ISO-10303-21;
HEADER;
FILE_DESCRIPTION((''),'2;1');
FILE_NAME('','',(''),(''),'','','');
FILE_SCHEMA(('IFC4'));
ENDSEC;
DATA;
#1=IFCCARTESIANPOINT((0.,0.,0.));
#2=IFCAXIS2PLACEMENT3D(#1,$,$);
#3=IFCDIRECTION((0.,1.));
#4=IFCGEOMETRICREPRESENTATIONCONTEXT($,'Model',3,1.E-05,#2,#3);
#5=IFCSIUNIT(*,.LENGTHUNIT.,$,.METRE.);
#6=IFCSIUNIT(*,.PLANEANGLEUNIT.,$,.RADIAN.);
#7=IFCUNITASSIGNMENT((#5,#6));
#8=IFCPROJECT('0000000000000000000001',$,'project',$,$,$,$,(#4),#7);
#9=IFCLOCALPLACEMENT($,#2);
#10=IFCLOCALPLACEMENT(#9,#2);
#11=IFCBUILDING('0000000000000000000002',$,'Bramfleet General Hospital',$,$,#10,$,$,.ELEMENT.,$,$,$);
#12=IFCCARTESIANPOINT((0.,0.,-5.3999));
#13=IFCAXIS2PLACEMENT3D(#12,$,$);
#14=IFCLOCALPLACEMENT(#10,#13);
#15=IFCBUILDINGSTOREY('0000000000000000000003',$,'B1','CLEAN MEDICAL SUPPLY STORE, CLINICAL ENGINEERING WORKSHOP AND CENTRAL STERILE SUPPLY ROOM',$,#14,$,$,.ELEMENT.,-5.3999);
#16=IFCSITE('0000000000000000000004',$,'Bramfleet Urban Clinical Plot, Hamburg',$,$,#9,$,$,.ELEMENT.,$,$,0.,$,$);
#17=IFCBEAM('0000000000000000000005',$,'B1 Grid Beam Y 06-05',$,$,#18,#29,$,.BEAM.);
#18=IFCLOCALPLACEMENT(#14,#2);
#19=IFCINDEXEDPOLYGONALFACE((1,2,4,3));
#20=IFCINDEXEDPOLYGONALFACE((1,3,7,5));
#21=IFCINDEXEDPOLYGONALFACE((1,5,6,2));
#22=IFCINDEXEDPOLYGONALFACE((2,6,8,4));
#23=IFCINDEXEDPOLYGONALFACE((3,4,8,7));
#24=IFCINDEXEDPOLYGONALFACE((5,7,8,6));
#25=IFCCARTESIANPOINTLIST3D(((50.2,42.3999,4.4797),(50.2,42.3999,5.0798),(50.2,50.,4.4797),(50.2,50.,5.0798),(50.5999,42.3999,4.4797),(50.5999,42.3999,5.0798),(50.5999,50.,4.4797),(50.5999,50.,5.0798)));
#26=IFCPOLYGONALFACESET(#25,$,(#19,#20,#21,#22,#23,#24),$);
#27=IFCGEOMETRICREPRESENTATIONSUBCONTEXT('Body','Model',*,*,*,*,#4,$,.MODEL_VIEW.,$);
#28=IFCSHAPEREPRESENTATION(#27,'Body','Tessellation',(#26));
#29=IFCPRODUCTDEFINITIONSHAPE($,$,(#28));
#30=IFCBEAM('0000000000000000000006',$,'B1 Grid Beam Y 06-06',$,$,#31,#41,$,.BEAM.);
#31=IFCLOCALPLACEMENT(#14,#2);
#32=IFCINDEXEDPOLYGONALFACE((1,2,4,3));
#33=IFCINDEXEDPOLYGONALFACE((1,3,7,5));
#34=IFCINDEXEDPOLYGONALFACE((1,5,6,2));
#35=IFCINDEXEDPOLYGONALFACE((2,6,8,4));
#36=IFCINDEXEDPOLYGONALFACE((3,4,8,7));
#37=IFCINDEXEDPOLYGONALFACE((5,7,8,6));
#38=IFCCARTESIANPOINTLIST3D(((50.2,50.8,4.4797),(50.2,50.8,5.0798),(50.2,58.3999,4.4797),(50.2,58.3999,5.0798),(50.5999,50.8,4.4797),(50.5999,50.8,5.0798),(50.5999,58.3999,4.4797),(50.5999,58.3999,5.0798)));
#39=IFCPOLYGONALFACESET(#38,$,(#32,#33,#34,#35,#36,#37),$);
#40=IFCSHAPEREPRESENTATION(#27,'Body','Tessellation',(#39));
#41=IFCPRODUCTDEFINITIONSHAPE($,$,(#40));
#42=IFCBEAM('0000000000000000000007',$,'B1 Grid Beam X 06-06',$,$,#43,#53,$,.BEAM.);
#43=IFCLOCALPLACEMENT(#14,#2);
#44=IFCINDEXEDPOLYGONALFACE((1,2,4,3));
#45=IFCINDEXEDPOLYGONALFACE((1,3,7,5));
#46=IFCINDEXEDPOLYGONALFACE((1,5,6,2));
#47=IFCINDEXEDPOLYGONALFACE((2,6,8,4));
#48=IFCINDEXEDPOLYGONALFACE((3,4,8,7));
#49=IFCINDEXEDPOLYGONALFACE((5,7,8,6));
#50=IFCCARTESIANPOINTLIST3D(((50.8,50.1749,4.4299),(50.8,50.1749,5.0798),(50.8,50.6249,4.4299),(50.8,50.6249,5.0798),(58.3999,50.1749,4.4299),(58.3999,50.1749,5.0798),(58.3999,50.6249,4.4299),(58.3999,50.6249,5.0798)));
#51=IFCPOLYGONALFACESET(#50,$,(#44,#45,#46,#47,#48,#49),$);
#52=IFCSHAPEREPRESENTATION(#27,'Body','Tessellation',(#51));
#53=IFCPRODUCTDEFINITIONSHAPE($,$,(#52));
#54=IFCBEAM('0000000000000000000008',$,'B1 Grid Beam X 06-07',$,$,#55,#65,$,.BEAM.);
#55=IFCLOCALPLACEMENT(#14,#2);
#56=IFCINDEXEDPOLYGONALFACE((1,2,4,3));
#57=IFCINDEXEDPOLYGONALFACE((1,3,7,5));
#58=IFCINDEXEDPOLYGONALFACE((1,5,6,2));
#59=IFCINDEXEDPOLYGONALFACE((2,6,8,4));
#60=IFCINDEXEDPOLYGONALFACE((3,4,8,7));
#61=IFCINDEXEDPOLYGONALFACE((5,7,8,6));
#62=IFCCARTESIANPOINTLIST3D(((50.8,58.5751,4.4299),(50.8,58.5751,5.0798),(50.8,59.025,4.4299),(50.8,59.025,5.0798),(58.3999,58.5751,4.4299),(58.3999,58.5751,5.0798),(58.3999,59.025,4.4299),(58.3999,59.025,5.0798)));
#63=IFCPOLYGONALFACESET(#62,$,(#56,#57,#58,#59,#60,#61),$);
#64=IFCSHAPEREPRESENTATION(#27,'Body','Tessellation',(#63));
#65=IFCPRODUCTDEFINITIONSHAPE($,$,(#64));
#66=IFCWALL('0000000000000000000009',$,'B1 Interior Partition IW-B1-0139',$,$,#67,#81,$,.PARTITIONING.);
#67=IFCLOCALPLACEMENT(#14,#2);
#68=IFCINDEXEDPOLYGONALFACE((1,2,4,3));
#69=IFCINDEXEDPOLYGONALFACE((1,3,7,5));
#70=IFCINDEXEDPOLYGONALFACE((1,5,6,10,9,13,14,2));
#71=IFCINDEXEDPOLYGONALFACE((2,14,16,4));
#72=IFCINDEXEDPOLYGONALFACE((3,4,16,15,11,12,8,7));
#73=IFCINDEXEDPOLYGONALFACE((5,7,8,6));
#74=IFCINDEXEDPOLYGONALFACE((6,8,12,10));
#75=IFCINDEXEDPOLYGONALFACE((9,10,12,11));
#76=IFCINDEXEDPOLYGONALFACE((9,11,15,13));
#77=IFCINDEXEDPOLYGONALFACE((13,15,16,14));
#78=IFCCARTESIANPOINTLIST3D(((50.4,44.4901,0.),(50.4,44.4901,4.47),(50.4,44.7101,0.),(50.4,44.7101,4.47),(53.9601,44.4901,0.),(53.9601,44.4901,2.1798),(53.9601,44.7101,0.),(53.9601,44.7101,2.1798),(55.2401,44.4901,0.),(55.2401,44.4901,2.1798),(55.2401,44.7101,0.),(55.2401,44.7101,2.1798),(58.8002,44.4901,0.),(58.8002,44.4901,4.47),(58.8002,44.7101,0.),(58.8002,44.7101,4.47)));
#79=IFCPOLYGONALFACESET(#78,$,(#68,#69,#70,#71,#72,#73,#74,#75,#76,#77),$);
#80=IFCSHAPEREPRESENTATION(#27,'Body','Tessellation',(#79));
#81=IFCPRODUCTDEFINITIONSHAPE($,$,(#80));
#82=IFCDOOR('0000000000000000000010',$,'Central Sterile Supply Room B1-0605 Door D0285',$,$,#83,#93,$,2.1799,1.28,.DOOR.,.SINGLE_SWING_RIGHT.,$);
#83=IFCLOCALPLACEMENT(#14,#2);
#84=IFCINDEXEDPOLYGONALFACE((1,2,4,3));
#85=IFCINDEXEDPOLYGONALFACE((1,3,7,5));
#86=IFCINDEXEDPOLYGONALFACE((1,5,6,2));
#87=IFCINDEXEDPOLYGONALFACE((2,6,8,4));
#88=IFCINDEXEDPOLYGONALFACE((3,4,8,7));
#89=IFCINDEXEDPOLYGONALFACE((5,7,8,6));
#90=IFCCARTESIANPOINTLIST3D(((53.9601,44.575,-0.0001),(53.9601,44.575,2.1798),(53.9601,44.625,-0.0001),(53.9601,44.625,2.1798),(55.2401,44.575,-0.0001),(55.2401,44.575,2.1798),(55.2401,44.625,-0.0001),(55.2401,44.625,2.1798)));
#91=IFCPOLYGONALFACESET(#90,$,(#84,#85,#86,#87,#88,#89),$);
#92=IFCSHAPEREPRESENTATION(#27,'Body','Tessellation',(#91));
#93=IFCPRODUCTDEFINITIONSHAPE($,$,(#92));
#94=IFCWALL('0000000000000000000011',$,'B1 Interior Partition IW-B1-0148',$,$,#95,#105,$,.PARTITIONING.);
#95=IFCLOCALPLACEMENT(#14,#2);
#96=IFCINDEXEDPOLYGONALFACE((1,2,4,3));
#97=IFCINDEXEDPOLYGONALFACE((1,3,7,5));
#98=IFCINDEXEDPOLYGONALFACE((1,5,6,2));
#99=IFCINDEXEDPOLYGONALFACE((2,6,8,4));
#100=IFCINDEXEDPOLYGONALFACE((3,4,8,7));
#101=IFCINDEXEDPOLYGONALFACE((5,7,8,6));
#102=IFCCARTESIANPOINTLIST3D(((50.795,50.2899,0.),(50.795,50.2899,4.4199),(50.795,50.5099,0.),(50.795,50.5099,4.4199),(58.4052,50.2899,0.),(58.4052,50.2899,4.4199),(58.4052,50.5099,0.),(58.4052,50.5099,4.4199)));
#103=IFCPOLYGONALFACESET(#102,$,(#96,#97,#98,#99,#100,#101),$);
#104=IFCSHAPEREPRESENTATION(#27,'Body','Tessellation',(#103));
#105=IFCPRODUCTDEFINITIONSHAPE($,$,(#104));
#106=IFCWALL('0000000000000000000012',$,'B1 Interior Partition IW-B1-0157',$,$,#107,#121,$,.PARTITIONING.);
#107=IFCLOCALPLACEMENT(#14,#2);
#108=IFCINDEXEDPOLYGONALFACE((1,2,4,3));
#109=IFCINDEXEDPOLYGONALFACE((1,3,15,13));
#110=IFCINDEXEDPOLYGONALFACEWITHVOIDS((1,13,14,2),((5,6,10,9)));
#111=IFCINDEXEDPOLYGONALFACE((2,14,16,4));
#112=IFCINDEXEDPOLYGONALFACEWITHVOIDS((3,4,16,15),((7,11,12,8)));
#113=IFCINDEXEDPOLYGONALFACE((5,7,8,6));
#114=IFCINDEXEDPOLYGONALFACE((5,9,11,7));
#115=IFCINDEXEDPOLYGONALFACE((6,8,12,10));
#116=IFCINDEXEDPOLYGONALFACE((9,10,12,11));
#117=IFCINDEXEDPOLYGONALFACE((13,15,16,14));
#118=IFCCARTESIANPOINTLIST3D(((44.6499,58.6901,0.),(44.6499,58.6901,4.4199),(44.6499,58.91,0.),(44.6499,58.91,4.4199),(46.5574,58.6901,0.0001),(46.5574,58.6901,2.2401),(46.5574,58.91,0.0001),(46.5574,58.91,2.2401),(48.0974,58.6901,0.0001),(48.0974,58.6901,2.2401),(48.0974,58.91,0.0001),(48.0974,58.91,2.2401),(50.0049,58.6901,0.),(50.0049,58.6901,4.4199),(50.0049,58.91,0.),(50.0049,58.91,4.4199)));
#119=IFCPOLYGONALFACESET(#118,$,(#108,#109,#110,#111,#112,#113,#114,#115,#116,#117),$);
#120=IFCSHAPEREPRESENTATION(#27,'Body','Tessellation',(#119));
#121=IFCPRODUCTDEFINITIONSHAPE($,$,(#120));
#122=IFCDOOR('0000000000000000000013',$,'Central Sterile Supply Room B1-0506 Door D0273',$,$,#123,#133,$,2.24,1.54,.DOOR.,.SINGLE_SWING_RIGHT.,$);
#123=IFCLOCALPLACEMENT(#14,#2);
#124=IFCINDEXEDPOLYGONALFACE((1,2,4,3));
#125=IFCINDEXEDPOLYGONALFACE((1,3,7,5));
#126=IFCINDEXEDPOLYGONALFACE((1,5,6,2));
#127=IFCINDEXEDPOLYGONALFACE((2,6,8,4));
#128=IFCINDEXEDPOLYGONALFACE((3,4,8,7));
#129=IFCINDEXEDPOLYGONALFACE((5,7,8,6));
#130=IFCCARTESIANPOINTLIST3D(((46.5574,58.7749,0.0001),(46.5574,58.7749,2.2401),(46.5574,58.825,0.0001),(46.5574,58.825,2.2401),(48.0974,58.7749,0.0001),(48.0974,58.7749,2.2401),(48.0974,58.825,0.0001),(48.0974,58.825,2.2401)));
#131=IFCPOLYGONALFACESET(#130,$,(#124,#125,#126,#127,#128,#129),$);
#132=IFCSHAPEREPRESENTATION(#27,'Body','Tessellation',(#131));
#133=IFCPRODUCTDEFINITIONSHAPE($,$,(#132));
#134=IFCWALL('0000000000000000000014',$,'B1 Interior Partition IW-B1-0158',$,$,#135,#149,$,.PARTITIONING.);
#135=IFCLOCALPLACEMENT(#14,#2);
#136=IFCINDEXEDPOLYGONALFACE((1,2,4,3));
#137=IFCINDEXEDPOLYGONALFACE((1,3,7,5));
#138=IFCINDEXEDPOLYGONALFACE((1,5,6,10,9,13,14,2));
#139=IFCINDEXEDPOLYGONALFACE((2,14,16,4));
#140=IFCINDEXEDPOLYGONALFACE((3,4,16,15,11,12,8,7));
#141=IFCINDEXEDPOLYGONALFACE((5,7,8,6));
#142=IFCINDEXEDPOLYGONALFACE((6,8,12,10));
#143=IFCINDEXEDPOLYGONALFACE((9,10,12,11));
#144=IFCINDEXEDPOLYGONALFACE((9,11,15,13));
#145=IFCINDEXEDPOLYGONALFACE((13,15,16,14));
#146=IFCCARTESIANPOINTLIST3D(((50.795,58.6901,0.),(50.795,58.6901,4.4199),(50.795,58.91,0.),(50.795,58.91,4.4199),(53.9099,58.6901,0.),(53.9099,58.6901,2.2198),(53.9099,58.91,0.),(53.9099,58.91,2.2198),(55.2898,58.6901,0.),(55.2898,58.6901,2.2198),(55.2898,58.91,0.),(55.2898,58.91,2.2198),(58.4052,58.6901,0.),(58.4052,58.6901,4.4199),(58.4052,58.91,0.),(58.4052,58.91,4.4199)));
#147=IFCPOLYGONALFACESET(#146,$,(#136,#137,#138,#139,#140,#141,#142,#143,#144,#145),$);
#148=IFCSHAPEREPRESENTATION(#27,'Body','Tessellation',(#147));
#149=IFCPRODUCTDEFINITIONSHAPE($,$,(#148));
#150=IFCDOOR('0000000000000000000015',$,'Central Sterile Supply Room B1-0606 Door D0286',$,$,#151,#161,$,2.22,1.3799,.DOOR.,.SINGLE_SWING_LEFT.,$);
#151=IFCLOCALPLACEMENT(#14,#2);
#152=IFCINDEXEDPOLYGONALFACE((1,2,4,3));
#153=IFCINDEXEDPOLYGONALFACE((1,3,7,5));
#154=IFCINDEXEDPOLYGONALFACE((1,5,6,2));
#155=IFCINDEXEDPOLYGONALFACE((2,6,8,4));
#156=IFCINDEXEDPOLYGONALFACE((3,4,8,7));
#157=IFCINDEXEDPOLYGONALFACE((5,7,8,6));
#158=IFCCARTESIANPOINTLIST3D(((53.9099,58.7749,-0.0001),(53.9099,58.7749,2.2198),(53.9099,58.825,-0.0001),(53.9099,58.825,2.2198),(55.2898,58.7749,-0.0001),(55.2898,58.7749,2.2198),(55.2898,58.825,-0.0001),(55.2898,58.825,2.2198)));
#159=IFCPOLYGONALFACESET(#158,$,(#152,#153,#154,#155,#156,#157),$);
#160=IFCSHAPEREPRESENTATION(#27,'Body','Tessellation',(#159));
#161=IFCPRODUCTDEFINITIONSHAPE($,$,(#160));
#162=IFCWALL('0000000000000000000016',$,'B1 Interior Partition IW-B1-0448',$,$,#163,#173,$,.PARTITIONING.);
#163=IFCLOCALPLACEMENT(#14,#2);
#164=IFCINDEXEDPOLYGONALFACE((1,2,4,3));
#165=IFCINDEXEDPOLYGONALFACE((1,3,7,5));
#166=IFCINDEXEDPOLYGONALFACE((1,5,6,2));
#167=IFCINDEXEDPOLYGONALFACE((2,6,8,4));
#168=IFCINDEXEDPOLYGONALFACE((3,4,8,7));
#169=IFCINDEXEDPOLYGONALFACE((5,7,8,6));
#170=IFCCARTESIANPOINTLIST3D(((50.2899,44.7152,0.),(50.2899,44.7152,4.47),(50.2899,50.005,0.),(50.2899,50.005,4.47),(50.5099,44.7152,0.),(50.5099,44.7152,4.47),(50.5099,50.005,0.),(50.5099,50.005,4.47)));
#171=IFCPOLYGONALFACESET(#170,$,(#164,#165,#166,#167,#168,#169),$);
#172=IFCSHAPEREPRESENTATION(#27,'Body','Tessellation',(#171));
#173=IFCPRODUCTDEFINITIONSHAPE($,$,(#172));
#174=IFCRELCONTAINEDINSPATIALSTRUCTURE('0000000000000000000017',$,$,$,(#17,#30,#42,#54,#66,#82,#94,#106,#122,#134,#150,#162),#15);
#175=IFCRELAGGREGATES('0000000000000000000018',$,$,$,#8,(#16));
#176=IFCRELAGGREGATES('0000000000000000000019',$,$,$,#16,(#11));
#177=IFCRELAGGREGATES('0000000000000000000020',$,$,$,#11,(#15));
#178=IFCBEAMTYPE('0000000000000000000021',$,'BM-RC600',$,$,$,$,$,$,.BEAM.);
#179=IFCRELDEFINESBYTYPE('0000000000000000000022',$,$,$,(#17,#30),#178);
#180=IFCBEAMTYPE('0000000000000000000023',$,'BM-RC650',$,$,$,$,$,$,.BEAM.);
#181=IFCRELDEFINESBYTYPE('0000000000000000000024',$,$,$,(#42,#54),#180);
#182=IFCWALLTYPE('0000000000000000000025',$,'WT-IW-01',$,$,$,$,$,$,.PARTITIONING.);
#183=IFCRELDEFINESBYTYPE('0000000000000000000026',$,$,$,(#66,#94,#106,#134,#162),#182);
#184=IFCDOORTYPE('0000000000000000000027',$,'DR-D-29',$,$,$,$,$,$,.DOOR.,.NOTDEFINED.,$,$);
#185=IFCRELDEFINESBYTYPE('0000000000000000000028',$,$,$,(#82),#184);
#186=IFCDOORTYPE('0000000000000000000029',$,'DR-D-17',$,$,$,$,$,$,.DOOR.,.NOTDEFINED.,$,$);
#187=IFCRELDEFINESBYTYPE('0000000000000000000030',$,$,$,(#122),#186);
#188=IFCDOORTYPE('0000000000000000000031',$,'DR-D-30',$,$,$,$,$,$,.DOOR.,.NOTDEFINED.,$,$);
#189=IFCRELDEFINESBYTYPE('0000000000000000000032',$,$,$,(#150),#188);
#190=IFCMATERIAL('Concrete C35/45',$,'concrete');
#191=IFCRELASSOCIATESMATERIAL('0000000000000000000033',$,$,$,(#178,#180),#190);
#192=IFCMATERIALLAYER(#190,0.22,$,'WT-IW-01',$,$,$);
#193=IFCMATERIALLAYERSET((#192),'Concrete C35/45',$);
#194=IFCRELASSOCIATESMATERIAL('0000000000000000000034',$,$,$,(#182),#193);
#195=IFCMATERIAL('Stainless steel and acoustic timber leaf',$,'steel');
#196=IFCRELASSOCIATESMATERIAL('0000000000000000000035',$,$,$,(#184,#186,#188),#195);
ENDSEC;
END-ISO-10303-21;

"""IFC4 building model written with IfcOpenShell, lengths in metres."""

from ifc_helpers import new_model, si_unit, direction, frame, frame_2d, origin, origin_2d, place, context, subcontext, project, spatial, rectangle, extrude, material, layer, layer_set, material_profile, profile_set, type_object, element, fill, save


model = new_model("IFC4")

# Units and contexts
model_context = context("Model", 3, precision=1e-05, world=origin(), true_north=direction((0.0, 1.0)))
body_context = subcontext(model_context, "Body", "Model", "MODEL_VIEW")
ifc_project = project(units=[si_unit("LENGTHUNIT", "METRE"), si_unit("PLANEANGLEUNIT", "RADIAN")], contexts=[model_context])

# Site, building, storey
site_placement = place(None, origin())
site = spatial("IfcSite", under=ifc_project, at=site_placement, Name="Bramfleet Urban Clinical Plot, Hamburg", CompositionType="ELEMENT", RefElevation=0.0)
building_placement = place(site_placement, origin())
building = spatial("IfcBuilding", under=site, at=building_placement, Name="Bramfleet General Hospital", CompositionType="ELEMENT")
storey_placement = place(building_placement, frame((0.0, 0.0, -5.3999)))
storey = spatial("IfcBuildingStorey", under=building, at=storey_placement, Name="B1", Description="CLEAN MEDICAL SUPPLY STORE, CLINICAL ENGINEERING WORKSHOP AND CENTRAL STERILE SUPPLY ROOM", CompositionType="ELEMENT", Elevation=-5.3999)

# Shared definitions
ifc_material_1 = material(Name="Concrete C35/45", Category="concrete")

# Beams
ifc_material_profile_1 = material_profile(ifc_material_1, rectangle(XDim=0.3999, YDim=0.6001, at=origin_2d()), Name="RC BM 600x400")
ifc_profile_set_1 = profile_set([ifc_material_profile_1], Name="Concrete C35/45")
beam_type_1 = type_object("IfcBeamType", Name="BM-RC600", PredefinedType="BEAM", material=ifc_profile_set_1)
beam_1_placement = place(storey_placement, frame((50.3999, 42.3999, 4.7798), z_axis=(0.0, 1.0, 0.0), x_axis=(-1.0, 0.0, 0.0)))
element("IfcBeam", 1, at=beam_1_placement, inside=storey, type_object=beam_type_1, Name="B1 Grid Beam Y 06-05", PredefinedType="BEAM", context=body_context, shape_type="SweptSolid", body=[
    extrude(rectangle(XDim=0.3999, YDim=0.6001, at=origin_2d()), origin(), (0.0, 0.0, 1.0), 7.6001),
])
beam_2_placement = place(storey_placement, frame((50.3999, 50.8, 4.7798), z_axis=(0.0, 1.0, 0.0), x_axis=(-1.0, 0.0, 0.0)))
element("IfcBeam", 2, at=beam_2_placement, inside=storey, type_object=beam_type_1, Name="B1 Grid Beam Y 06-06", PredefinedType="BEAM", context=body_context, shape_type="SweptSolid", body=[
    extrude(rectangle(XDim=0.3999, YDim=0.6001, at=origin_2d()), origin(), (0.0, 0.0, 1.0), 7.5999),
])
ifc_material_profile_2 = material_profile(ifc_material_1, rectangle(XDim=0.45, YDim=0.6499, at=origin_2d()), Name="RC BM 650x450")
ifc_profile_set_2 = profile_set([ifc_material_profile_2], Name="Concrete C35/45")
beam_type_2 = type_object("IfcBeamType", Name="BM-RC650", PredefinedType="BEAM", material=ifc_profile_set_2)
for number, where, z_axis, x_axis, name in (
    (3, (50.8, 50.3999, 4.7549), (1.0, 0.0, 0.0), (0.0, 1.0, 0.0), "B1 Grid Beam X 06-06"),
    (4, (50.8, 58.8, 4.7549), (1.0, 0.0, 0.0), (0.0, 1.0, 0.0), "B1 Grid Beam X 06-07"),
):
    element("IfcBeam", number, at=place(storey_placement, frame(where, z_axis=z_axis, x_axis=x_axis)), inside=storey, type_object=beam_type_2, Name=name, PredefinedType="BEAM", context=body_context, shape_type="SweptSolid", body=[
        extrude(rectangle(XDim=0.45, YDim=0.6499, at=origin_2d()), origin(), (0.0, 0.0, 1.0), 7.5999),
    ])

# Wall, opening, door
ifc_layer = layer(ifc_material_1, 0.22, Name="WT-IW-01")
ifc_layer_set = layer_set([ifc_layer], Name="Concrete C35/45")
wall_type = type_object("IfcWallType", Name="WT-IW-01", PredefinedType="PARTITIONING", material=ifc_layer_set)
wall_1_placement = place(storey_placement, frame((50.3999, 44.6001, 0.0), z_axis=(0.0, 0.0, 1.0), x_axis=(1.0, 0.0, 0.0)))
wall_1 = element("IfcWall", 5, at=wall_1_placement, inside=storey, type_object=wall_type, Name="B1 Interior Partition IW-B1-0139", PredefinedType="PARTITIONING", context=body_context, shape_type="SweptSolid", body=[
    extrude(rectangle(XDim=8.4001, YDim=0.22, at=frame_2d((4.2002, 0.0))), origin(), (0.0, 0.0, 1.0), 4.47),
])
opening_1_placement = place(wall_1_placement, frame((3.5601, 0.0, 0.0)))
opening_1 = element("IfcOpeningElement", 6, at=opening_1_placement, cuts=wall_1, PredefinedType="OPENING", context=body_context, shape_type="SweptSolid", body=[
    extrude(rectangle(XDim=1.28, YDim=2.1799, at=frame_2d((0.6401, 1.0898))), frame((0.0, 0.1199, 0.0), z_axis=(0.0, -1.0, 0.0), x_axis=(1.0, 0.0, 0.0)), (0.0, 0.0, 1.0), 0.24),
])
ifc_material_2 = material(Name="Stainless steel and acoustic timber leaf", Category="steel")
door_type_1 = type_object("IfcDoorType", Name="DR-D-29", OperationType="NOTDEFINED", PredefinedType="DOOR", material=ifc_material_2)
door_1_placement = place(opening_1_placement, origin())
door_1 = element("IfcDoor", 7, at=door_1_placement, inside=storey, type_object=door_type_1, Name="Central Sterile Supply Room B1-0605 Door D0285", OperationType="SINGLE_SWING_RIGHT", OverallHeight=2.1799, OverallWidth=1.28, PredefinedType="DOOR", context=body_context, shape_type="SweptSolid", body=[
    extrude(rectangle(XDim=1.28, YDim=2.1799, at=frame_2d((0.6401, 1.0898))), frame((0.0, 0.0249, 0.0), z_axis=(0.0, -1.0, 0.0), x_axis=(1.0, 0.0, 0.0)), (0.0, 0.0, 1.0), 0.05),
])
fill(opening_1, door_1)

# Wall
wall_2_placement = place(storey_placement, frame((50.7949, 50.3999, 0.0), z_axis=(0.0, 0.0, 1.0), x_axis=(1.0, 0.0, 0.0)))
element("IfcWall", 8, at=wall_2_placement, inside=storey, type_object=wall_type, Name="B1 Interior Partition IW-B1-0148", PredefinedType="PARTITIONING", context=body_context, shape_type="SweptSolid", body=[
    extrude(rectangle(XDim=7.6101, YDim=0.22, at=frame_2d((3.8052, 0.0))), origin(), (0.0, 0.0, 1.0), 4.4199),
])

# Walls, openings, doors
wall_3_placement = place(storey_placement, frame((44.6499, 58.8, 0.0), z_axis=(0.0, 0.0, 1.0), x_axis=(1.0, 0.0, 0.0)))
wall_3 = element("IfcWall", 9, at=wall_3_placement, inside=storey, type_object=wall_type, Name="B1 Interior Partition IW-B1-0157", PredefinedType="PARTITIONING", context=body_context, shape_type="SweptSolid", body=[
    extrude(rectangle(XDim=5.355, YDim=0.22, at=frame_2d((2.6775, 0.0))), origin(), (0.0, 0.0, 1.0), 4.4199),
])
opening_2_placement = place(wall_3_placement, frame((1.9075, 0.0, 0.0)))
opening_2 = element("IfcOpeningElement", 10, at=opening_2_placement, cuts=wall_3, PredefinedType="OPENING", context=body_context, shape_type="SweptSolid", body=[
    extrude(rectangle(XDim=1.54, YDim=2.24, at=frame_2d((0.77, 1.1201))), frame((0.0, 0.1199, 0.0), z_axis=(0.0, -1.0, 0.0), x_axis=(1.0, 0.0, 0.0)), (0.0, 0.0, 1.0), 0.24),
])
door_type_2 = type_object("IfcDoorType", Name="DR-D-17", OperationType="NOTDEFINED", PredefinedType="DOOR", material=ifc_material_2)
door_2_placement = place(opening_2_placement, origin())
door_2 = element("IfcDoor", 11, at=door_2_placement, inside=storey, type_object=door_type_2, Name="Central Sterile Supply Room B1-0506 Door D0273", OperationType="SINGLE_SWING_RIGHT", OverallHeight=2.24, OverallWidth=1.54, PredefinedType="DOOR", context=body_context, shape_type="SweptSolid", body=[
    extrude(rectangle(XDim=1.54, YDim=2.24, at=frame_2d((0.77, 1.1201))), frame((0.0, 0.0249, 0.0), z_axis=(0.0, -1.0, 0.0), x_axis=(1.0, 0.0, 0.0)), (0.0, 0.0, 1.0), 0.05),
])
fill(opening_2, door_2)
wall_4_placement = place(storey_placement, frame((50.7949, 58.8, 0.0), z_axis=(0.0, 0.0, 1.0), x_axis=(1.0, 0.0, 0.0)))
wall_4 = element("IfcWall", 12, at=wall_4_placement, inside=storey, type_object=wall_type, Name="B1 Interior Partition IW-B1-0158", PredefinedType="PARTITIONING", context=body_context, shape_type="SweptSolid", body=[
    extrude(rectangle(XDim=7.6101, YDim=0.22, at=frame_2d((3.8052, 0.0))), origin(), (0.0, 0.0, 1.0), 4.4199),
])
opening_3_placement = place(wall_4_placement, frame((3.115, 0.0, 0.0)))
opening_3 = element("IfcOpeningElement", 13, at=opening_3_placement, cuts=wall_4, PredefinedType="OPENING", context=body_context, shape_type="SweptSolid", body=[
    extrude(rectangle(XDim=1.3799, YDim=2.22, at=frame_2d((0.6899, 1.1099))), frame((0.0, 0.1199, 0.0), z_axis=(0.0, -1.0, 0.0), x_axis=(1.0, 0.0, 0.0)), (0.0, 0.0, 1.0), 0.24),
])
door_type_3 = type_object("IfcDoorType", Name="DR-D-30", OperationType="NOTDEFINED", PredefinedType="DOOR", material=ifc_material_2)
door_3_placement = place(opening_3_placement, origin())
door_3 = element("IfcDoor", 14, at=door_3_placement, inside=storey, type_object=door_type_3, Name="Central Sterile Supply Room B1-0606 Door D0286", OperationType="SINGLE_SWING_LEFT", OverallHeight=2.22, OverallWidth=1.3799, PredefinedType="DOOR", context=body_context, shape_type="SweptSolid", body=[
    extrude(rectangle(XDim=1.3799, YDim=2.22, at=frame_2d((0.6899, 1.1099))), frame((0.0, 0.0249, 0.0), z_axis=(0.0, -1.0, 0.0), x_axis=(1.0, 0.0, 0.0)), (0.0, 0.0, 1.0), 0.05),
])
fill(opening_3, door_3)

# Wall
wall_5_placement = place(storey_placement, frame((50.3999, 44.7151, 0.0), z_axis=(0.0, 0.0, 1.0), x_axis=(0.0, 1.0, 0.0)))
element("IfcWall", 15, at=wall_5_placement, inside=storey, type_object=wall_type, Name="B1 Interior Partition IW-B1-0448", PredefinedType="PARTITIONING", context=body_context, shape_type="SweptSolid", body=[
    extrude(rectangle(XDim=5.2898, YDim=0.22, at=frame_2d((2.645, 0.0))), origin(), (0.0, 0.0, 1.0), 4.47),
])

save(model, "model.ifc")
